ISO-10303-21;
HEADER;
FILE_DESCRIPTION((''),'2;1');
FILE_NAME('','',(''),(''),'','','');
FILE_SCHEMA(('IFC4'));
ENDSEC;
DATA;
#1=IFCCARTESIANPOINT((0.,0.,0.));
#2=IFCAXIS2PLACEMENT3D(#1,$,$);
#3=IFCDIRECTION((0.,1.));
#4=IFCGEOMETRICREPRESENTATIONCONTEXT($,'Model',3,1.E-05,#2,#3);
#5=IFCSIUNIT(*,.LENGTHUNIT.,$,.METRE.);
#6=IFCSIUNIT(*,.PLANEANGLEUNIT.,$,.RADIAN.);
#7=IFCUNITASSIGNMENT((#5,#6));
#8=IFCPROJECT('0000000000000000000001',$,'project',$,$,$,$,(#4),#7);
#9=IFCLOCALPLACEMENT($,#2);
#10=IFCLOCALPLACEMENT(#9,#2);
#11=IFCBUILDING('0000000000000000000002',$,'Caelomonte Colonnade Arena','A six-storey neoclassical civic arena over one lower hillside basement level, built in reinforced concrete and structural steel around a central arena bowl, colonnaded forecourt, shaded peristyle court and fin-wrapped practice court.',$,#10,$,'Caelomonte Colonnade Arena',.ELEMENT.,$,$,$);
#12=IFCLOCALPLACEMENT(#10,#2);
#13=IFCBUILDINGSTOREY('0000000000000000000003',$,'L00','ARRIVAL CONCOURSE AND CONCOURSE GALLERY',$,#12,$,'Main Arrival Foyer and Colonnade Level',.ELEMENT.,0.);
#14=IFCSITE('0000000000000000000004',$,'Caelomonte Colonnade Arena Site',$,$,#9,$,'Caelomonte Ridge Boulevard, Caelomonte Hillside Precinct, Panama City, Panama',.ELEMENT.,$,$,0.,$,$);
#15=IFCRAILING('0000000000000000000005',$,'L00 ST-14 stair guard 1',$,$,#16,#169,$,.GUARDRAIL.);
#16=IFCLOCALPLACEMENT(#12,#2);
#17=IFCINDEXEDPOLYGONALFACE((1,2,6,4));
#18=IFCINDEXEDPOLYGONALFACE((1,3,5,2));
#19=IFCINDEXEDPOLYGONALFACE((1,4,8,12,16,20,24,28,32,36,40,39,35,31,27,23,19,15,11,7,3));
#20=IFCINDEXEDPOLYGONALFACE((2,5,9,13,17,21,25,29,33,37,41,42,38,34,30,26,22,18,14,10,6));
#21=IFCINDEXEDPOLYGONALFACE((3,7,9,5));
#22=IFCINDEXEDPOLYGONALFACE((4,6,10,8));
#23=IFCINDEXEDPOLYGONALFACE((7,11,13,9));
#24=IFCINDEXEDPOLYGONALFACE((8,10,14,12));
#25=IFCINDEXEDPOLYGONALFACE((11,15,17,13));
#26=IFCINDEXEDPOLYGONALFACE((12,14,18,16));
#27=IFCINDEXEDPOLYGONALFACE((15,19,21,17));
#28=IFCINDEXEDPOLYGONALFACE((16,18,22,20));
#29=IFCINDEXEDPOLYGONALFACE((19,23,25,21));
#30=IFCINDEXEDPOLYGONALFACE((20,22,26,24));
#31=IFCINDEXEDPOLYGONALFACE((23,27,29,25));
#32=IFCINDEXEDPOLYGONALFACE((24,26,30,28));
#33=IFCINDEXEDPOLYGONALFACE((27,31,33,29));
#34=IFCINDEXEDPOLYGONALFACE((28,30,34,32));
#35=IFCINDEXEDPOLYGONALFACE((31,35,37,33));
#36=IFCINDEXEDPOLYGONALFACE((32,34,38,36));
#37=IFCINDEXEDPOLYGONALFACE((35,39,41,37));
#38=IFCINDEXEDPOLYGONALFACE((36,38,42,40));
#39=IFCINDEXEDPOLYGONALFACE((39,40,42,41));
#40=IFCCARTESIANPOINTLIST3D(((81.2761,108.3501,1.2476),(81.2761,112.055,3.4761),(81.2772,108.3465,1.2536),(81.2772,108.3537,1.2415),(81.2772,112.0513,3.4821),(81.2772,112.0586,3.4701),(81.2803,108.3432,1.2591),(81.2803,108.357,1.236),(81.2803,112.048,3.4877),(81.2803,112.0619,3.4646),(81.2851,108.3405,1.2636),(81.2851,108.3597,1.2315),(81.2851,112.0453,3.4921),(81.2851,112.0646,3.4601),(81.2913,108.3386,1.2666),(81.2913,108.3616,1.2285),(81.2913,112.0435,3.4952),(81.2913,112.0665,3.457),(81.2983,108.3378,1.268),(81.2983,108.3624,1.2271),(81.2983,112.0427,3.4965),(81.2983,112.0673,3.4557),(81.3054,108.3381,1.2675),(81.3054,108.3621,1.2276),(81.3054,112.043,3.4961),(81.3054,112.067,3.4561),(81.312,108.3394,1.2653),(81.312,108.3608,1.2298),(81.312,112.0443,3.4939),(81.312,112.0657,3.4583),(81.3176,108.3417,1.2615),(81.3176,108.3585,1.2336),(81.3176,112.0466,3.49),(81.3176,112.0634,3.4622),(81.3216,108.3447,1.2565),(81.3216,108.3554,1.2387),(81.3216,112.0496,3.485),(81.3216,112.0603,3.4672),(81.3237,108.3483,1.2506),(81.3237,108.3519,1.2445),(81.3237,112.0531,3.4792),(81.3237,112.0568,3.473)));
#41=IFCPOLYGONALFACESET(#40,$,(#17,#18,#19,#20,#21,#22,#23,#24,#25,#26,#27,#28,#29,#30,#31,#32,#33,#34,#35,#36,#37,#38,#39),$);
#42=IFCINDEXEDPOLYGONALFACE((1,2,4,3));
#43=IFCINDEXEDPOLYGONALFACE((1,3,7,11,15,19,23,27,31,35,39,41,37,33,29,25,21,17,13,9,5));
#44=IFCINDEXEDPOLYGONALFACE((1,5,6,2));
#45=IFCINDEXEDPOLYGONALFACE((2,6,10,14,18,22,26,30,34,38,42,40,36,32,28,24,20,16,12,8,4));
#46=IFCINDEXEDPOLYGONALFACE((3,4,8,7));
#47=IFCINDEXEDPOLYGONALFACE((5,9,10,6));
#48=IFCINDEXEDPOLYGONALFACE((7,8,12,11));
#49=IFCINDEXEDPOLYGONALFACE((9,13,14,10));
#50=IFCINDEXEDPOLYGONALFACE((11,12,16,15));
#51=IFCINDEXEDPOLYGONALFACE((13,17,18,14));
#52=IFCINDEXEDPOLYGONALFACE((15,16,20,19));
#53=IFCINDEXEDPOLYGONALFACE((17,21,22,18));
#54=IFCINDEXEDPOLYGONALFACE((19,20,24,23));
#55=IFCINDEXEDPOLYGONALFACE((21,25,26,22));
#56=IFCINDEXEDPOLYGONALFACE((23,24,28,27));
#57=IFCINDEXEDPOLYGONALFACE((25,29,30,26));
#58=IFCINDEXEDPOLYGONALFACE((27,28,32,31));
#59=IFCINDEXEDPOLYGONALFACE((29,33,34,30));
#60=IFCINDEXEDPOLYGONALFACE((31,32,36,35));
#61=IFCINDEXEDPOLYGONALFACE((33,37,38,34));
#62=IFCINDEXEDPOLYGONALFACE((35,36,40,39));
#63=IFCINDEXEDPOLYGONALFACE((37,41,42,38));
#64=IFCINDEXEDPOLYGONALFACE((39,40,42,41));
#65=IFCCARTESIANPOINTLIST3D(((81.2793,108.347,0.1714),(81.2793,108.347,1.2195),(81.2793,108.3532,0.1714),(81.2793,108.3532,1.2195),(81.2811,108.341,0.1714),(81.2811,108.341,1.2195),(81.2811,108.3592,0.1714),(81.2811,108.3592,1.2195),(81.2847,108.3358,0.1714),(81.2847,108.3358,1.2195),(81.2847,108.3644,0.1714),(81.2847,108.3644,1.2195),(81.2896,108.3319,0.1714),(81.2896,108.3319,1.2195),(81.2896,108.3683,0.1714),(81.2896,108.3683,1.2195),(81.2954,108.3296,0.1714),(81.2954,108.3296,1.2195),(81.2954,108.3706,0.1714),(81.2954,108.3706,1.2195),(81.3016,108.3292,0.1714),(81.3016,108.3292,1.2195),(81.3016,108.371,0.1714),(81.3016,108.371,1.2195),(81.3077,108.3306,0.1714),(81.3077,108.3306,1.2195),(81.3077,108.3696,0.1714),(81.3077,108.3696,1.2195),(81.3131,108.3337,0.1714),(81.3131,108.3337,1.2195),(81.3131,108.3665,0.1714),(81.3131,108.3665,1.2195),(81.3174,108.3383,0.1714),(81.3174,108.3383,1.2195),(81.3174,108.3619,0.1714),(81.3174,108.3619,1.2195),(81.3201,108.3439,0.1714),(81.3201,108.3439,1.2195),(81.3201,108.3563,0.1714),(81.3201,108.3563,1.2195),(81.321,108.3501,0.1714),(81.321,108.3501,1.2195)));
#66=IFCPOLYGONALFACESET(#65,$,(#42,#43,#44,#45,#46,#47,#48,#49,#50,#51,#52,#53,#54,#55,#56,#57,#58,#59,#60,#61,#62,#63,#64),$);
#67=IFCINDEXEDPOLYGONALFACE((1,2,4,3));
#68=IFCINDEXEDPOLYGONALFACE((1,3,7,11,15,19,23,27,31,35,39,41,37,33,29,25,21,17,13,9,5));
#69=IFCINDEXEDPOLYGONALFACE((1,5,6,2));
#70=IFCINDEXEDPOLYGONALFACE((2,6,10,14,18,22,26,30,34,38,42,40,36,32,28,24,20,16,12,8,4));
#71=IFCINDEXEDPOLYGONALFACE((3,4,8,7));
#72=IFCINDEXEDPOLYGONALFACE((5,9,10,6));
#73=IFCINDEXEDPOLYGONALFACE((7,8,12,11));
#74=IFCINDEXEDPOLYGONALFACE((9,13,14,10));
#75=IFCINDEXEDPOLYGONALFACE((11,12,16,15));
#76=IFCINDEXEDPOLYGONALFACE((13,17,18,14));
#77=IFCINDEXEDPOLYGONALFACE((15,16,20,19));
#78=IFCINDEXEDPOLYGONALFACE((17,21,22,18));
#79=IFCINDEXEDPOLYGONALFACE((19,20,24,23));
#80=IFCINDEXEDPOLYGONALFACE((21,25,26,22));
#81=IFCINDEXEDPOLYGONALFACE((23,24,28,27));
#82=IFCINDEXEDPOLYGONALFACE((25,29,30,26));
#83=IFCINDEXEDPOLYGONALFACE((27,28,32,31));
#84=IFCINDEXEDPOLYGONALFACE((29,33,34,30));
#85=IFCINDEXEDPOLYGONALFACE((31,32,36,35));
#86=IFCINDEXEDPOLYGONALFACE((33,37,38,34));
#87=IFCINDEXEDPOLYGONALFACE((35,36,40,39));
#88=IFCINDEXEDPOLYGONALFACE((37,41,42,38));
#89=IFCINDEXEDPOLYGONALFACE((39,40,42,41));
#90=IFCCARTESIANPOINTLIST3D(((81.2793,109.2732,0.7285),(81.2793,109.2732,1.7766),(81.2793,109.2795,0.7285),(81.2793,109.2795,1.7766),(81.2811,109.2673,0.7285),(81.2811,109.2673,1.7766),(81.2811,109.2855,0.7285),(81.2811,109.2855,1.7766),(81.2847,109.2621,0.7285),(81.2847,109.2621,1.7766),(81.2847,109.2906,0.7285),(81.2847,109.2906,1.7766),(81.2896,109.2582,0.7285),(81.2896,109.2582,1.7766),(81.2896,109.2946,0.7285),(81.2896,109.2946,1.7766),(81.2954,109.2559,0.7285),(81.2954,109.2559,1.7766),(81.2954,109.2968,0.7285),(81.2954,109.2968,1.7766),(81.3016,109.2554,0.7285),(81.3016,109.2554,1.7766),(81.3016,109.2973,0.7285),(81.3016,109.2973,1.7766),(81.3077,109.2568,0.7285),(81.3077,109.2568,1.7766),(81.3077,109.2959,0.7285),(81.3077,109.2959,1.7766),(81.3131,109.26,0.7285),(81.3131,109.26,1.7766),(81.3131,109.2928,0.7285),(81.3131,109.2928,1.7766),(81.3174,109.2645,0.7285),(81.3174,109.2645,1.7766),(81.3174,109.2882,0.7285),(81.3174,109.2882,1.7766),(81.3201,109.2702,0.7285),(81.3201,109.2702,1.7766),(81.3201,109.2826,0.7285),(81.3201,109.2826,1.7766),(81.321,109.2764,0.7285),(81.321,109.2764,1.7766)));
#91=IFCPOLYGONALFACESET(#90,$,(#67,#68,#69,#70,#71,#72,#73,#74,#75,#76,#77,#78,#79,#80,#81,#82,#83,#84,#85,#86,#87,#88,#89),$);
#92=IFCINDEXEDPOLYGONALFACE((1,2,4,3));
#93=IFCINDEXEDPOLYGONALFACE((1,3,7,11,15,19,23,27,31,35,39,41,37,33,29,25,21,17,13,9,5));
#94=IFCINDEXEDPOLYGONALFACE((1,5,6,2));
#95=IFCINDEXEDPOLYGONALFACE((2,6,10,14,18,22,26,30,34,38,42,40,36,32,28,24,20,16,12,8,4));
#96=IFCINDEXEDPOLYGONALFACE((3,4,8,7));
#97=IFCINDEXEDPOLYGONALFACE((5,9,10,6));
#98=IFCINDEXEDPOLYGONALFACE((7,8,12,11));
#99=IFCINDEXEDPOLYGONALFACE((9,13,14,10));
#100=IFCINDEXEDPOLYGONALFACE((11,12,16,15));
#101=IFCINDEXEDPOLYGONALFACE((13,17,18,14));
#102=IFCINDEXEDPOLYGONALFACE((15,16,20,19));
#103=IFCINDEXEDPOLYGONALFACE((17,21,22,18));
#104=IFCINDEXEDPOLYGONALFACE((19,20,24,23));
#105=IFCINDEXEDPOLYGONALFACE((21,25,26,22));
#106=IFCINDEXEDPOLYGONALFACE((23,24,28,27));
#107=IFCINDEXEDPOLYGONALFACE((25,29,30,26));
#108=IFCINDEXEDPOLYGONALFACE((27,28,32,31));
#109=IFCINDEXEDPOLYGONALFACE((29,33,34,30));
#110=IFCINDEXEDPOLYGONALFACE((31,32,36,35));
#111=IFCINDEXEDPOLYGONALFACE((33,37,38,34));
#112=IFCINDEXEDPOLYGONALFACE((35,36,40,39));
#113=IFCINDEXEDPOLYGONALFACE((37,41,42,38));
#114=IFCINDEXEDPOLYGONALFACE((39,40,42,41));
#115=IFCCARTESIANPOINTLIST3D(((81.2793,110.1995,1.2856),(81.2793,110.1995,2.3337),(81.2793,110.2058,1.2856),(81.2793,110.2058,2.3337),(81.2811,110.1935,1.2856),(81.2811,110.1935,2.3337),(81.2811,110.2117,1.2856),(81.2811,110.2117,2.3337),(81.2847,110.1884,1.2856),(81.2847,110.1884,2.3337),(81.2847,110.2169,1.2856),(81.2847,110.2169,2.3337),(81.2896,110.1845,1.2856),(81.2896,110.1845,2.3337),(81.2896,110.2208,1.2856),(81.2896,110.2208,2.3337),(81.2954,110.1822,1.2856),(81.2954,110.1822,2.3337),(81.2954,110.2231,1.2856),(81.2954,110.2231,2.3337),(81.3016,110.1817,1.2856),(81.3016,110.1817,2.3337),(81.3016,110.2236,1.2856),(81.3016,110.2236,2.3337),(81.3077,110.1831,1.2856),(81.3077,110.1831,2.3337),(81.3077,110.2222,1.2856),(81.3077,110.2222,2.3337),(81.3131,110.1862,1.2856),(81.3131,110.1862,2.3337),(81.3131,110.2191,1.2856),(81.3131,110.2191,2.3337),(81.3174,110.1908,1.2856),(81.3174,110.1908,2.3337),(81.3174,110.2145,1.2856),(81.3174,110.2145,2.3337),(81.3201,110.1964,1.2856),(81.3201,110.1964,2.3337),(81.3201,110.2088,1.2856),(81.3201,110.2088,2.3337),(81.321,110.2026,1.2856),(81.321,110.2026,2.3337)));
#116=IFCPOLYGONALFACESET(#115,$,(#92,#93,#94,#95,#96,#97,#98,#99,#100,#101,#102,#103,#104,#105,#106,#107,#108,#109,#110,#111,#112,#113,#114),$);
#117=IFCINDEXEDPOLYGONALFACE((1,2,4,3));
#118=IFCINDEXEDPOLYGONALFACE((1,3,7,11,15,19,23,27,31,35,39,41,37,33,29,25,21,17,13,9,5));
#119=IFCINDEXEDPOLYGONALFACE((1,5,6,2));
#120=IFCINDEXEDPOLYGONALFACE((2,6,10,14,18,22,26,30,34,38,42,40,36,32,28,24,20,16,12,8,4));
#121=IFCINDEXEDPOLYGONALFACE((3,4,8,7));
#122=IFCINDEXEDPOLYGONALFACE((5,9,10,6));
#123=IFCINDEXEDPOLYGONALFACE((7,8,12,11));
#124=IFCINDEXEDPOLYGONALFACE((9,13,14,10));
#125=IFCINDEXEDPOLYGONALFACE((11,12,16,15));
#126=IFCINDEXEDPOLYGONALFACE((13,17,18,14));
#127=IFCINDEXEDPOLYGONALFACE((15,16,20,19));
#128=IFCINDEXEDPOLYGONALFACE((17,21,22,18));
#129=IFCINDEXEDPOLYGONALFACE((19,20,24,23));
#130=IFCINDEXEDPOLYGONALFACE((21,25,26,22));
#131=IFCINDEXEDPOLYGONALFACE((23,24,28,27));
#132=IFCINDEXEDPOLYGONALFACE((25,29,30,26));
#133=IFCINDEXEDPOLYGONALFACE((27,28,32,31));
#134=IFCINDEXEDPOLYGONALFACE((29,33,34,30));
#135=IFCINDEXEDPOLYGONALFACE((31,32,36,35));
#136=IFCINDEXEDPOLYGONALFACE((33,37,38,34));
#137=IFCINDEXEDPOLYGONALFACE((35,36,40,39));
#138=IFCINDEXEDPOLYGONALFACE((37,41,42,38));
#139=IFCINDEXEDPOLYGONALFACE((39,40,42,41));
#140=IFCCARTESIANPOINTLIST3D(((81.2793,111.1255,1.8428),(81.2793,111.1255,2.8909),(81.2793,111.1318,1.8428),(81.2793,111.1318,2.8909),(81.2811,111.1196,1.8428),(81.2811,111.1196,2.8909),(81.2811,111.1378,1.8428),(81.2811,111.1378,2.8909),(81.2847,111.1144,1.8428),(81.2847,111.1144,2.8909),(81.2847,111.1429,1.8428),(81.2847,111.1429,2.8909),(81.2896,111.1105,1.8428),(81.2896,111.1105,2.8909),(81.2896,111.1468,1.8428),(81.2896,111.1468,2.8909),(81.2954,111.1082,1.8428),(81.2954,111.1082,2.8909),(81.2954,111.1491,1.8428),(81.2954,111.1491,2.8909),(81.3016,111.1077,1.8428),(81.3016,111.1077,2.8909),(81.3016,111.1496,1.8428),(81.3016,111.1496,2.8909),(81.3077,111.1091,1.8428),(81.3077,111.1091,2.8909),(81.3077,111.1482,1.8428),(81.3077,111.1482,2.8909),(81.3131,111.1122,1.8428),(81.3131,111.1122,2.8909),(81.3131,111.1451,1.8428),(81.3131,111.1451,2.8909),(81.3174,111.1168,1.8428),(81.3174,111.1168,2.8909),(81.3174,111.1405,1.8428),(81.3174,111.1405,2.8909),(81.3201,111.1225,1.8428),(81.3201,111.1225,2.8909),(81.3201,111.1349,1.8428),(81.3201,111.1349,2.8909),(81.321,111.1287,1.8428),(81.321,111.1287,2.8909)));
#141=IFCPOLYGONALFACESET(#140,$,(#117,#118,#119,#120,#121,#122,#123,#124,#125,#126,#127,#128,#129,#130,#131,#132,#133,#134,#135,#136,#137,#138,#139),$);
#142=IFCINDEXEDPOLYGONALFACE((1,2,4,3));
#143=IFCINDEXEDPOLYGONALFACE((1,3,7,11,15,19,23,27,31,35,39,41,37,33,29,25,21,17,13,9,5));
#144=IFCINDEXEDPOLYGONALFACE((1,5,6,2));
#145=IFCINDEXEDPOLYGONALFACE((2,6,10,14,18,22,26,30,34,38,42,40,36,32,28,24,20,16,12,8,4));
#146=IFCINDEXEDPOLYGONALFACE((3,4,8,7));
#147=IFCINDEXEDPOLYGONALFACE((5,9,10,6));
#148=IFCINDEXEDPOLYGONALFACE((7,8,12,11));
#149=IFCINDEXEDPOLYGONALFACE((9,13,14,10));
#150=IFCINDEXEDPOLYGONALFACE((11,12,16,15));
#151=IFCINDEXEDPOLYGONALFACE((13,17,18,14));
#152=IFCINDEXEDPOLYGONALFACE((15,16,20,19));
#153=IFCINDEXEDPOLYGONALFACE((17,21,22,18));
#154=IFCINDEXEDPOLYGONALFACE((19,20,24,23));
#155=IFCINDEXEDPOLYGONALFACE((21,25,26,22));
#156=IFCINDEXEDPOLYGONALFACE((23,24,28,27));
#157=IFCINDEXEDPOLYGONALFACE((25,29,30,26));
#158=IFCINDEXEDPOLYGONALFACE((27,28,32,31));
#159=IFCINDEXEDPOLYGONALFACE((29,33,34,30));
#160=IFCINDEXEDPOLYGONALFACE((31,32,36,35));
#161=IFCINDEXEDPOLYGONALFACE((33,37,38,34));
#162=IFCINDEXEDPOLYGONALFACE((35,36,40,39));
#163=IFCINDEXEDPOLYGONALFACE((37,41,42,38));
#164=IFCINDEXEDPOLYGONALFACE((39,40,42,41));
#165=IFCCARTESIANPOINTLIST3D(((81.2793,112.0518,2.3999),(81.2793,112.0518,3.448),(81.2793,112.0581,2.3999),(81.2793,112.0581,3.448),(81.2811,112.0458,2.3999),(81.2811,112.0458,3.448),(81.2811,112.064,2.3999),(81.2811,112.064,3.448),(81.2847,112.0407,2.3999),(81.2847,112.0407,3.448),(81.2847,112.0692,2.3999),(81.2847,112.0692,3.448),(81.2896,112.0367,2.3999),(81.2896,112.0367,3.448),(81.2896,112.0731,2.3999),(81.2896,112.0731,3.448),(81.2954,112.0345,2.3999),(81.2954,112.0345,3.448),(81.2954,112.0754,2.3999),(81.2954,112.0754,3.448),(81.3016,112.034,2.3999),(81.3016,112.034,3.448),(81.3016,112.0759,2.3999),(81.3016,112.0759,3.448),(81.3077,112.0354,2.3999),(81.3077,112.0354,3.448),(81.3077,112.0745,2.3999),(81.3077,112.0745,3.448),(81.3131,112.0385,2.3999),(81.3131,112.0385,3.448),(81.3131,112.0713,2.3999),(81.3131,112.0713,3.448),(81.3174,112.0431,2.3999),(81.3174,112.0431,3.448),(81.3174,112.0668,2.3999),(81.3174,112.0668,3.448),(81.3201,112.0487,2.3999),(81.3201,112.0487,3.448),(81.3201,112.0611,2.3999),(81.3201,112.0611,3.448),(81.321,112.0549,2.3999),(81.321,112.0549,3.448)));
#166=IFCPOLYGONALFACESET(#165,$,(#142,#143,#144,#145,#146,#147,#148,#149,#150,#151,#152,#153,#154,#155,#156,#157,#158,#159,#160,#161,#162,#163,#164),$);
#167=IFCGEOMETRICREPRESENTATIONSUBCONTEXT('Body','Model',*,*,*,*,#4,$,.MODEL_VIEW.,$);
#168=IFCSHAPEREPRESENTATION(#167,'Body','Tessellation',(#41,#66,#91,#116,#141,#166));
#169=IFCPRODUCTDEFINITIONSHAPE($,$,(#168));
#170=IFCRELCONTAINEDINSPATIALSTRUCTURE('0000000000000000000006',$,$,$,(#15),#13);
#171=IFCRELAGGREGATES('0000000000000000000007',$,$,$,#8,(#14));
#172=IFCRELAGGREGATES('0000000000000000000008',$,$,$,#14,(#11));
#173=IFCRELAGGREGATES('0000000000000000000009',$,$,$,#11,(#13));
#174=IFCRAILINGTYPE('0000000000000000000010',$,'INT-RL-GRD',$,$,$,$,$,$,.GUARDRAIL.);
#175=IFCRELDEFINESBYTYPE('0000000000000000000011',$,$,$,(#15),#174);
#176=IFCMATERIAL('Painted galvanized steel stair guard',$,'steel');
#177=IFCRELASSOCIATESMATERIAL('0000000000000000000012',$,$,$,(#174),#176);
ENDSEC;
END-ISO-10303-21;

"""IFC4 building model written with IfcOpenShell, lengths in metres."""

from ifc_helpers import new_model, si_unit, direction, frame, origin, origin_2d, place, context, subcontext, project, spatial, circle, extrude, material, type_object, element, save


model = new_model("IFC4")

# Units and contexts
model_context = context("Model", 3, precision=1e-05, world=origin(), true_north=direction((0.0, 1.0)))
body_context = subcontext(model_context, "Body", "Model", "MODEL_VIEW")
ifc_project = project(units=[si_unit("LENGTHUNIT", "METRE"), si_unit("PLANEANGLEUNIT", "RADIAN")], contexts=[model_context])

# Site, building, storey
site_placement = place(None, origin())
site = spatial("IfcSite", under=ifc_project, at=site_placement, Name="Caelomonte Colonnade Arena Site", LongName="Caelomonte Ridge Boulevard, Caelomonte Hillside Precinct, Panama City, Panama", CompositionType="ELEMENT", RefElevation=0.0)
building_placement = place(site_placement, origin())
building = spatial("IfcBuilding", under=site, at=building_placement, Name="Caelomonte Colonnade Arena", Description="A six-storey neoclassical civic arena over one lower hillside basement level, built in reinforced concrete and structural steel around a central arena bowl, colonnaded forecourt, shaded peristyle court and fin-wrapped practice court.", LongName="Caelomonte Colonnade Arena", CompositionType="ELEMENT")
storey_placement = place(building_placement, origin())
storey = spatial("IfcBuildingStorey", under=building, at=storey_placement, Name="L00", Description="ARRIVAL CONCOURSE AND CONCOURSE GALLERY", LongName="Main Arrival Foyer and Colonnade Level", CompositionType="ELEMENT", Elevation=0.0)

# Railing
ifc_material_1 = material(Name="Painted galvanized steel stair guard", Category="steel")
railing_type_1 = type_object("IfcRailingType", Name="INT-RL-GRD", PredefinedType="GUARDRAIL", material=ifc_material_1)
railing_1_placement = place(storey_placement, frame((81.3, 108.3501, 0.1714)))
element("IfcRailing", 1, at=railing_1_placement, inside=storey, type_object=railing_type_1, Name="L00 ST-14 stair guard 1", PredefinedType="GUARDRAIL", context=body_context, shape_type="SweptSolid", body=[
    extrude(circle(Radius=0.0239, at=origin_2d()), frame((0.0, 0.0, 1.0762), z_axis=(0.0, 0.856919, 0.51545), x_axis=(-1.0, 0.0, 0.0)), (0.0, 0.0, 1.0), 4.3235),
    extrude(circle(Radius=0.021, at=origin_2d()), origin(), (0.0, 0.0, 1.0), 1.0481),
    extrude(circle(Radius=0.021, at=origin_2d()), frame((0.0, 0.9263, 0.5571)), (0.0, 0.0, 1.0), 1.0481),
    extrude(circle(Radius=0.021, at=origin_2d()), frame((0.0, 1.8525, 1.1143)), (0.0, 0.0, 1.0), 1.0481),
    extrude(circle(Radius=0.021, at=origin_2d()), frame((0.0, 2.7786, 1.6714)), (0.0, 0.0, 1.0), 1.0481),
    extrude(circle(Radius=0.021, at=origin_2d()), frame((0.0, 3.7048, 2.2285)), (0.0, 0.0, 1.0), 1.0481),
])

save(model, "model.ifc")
